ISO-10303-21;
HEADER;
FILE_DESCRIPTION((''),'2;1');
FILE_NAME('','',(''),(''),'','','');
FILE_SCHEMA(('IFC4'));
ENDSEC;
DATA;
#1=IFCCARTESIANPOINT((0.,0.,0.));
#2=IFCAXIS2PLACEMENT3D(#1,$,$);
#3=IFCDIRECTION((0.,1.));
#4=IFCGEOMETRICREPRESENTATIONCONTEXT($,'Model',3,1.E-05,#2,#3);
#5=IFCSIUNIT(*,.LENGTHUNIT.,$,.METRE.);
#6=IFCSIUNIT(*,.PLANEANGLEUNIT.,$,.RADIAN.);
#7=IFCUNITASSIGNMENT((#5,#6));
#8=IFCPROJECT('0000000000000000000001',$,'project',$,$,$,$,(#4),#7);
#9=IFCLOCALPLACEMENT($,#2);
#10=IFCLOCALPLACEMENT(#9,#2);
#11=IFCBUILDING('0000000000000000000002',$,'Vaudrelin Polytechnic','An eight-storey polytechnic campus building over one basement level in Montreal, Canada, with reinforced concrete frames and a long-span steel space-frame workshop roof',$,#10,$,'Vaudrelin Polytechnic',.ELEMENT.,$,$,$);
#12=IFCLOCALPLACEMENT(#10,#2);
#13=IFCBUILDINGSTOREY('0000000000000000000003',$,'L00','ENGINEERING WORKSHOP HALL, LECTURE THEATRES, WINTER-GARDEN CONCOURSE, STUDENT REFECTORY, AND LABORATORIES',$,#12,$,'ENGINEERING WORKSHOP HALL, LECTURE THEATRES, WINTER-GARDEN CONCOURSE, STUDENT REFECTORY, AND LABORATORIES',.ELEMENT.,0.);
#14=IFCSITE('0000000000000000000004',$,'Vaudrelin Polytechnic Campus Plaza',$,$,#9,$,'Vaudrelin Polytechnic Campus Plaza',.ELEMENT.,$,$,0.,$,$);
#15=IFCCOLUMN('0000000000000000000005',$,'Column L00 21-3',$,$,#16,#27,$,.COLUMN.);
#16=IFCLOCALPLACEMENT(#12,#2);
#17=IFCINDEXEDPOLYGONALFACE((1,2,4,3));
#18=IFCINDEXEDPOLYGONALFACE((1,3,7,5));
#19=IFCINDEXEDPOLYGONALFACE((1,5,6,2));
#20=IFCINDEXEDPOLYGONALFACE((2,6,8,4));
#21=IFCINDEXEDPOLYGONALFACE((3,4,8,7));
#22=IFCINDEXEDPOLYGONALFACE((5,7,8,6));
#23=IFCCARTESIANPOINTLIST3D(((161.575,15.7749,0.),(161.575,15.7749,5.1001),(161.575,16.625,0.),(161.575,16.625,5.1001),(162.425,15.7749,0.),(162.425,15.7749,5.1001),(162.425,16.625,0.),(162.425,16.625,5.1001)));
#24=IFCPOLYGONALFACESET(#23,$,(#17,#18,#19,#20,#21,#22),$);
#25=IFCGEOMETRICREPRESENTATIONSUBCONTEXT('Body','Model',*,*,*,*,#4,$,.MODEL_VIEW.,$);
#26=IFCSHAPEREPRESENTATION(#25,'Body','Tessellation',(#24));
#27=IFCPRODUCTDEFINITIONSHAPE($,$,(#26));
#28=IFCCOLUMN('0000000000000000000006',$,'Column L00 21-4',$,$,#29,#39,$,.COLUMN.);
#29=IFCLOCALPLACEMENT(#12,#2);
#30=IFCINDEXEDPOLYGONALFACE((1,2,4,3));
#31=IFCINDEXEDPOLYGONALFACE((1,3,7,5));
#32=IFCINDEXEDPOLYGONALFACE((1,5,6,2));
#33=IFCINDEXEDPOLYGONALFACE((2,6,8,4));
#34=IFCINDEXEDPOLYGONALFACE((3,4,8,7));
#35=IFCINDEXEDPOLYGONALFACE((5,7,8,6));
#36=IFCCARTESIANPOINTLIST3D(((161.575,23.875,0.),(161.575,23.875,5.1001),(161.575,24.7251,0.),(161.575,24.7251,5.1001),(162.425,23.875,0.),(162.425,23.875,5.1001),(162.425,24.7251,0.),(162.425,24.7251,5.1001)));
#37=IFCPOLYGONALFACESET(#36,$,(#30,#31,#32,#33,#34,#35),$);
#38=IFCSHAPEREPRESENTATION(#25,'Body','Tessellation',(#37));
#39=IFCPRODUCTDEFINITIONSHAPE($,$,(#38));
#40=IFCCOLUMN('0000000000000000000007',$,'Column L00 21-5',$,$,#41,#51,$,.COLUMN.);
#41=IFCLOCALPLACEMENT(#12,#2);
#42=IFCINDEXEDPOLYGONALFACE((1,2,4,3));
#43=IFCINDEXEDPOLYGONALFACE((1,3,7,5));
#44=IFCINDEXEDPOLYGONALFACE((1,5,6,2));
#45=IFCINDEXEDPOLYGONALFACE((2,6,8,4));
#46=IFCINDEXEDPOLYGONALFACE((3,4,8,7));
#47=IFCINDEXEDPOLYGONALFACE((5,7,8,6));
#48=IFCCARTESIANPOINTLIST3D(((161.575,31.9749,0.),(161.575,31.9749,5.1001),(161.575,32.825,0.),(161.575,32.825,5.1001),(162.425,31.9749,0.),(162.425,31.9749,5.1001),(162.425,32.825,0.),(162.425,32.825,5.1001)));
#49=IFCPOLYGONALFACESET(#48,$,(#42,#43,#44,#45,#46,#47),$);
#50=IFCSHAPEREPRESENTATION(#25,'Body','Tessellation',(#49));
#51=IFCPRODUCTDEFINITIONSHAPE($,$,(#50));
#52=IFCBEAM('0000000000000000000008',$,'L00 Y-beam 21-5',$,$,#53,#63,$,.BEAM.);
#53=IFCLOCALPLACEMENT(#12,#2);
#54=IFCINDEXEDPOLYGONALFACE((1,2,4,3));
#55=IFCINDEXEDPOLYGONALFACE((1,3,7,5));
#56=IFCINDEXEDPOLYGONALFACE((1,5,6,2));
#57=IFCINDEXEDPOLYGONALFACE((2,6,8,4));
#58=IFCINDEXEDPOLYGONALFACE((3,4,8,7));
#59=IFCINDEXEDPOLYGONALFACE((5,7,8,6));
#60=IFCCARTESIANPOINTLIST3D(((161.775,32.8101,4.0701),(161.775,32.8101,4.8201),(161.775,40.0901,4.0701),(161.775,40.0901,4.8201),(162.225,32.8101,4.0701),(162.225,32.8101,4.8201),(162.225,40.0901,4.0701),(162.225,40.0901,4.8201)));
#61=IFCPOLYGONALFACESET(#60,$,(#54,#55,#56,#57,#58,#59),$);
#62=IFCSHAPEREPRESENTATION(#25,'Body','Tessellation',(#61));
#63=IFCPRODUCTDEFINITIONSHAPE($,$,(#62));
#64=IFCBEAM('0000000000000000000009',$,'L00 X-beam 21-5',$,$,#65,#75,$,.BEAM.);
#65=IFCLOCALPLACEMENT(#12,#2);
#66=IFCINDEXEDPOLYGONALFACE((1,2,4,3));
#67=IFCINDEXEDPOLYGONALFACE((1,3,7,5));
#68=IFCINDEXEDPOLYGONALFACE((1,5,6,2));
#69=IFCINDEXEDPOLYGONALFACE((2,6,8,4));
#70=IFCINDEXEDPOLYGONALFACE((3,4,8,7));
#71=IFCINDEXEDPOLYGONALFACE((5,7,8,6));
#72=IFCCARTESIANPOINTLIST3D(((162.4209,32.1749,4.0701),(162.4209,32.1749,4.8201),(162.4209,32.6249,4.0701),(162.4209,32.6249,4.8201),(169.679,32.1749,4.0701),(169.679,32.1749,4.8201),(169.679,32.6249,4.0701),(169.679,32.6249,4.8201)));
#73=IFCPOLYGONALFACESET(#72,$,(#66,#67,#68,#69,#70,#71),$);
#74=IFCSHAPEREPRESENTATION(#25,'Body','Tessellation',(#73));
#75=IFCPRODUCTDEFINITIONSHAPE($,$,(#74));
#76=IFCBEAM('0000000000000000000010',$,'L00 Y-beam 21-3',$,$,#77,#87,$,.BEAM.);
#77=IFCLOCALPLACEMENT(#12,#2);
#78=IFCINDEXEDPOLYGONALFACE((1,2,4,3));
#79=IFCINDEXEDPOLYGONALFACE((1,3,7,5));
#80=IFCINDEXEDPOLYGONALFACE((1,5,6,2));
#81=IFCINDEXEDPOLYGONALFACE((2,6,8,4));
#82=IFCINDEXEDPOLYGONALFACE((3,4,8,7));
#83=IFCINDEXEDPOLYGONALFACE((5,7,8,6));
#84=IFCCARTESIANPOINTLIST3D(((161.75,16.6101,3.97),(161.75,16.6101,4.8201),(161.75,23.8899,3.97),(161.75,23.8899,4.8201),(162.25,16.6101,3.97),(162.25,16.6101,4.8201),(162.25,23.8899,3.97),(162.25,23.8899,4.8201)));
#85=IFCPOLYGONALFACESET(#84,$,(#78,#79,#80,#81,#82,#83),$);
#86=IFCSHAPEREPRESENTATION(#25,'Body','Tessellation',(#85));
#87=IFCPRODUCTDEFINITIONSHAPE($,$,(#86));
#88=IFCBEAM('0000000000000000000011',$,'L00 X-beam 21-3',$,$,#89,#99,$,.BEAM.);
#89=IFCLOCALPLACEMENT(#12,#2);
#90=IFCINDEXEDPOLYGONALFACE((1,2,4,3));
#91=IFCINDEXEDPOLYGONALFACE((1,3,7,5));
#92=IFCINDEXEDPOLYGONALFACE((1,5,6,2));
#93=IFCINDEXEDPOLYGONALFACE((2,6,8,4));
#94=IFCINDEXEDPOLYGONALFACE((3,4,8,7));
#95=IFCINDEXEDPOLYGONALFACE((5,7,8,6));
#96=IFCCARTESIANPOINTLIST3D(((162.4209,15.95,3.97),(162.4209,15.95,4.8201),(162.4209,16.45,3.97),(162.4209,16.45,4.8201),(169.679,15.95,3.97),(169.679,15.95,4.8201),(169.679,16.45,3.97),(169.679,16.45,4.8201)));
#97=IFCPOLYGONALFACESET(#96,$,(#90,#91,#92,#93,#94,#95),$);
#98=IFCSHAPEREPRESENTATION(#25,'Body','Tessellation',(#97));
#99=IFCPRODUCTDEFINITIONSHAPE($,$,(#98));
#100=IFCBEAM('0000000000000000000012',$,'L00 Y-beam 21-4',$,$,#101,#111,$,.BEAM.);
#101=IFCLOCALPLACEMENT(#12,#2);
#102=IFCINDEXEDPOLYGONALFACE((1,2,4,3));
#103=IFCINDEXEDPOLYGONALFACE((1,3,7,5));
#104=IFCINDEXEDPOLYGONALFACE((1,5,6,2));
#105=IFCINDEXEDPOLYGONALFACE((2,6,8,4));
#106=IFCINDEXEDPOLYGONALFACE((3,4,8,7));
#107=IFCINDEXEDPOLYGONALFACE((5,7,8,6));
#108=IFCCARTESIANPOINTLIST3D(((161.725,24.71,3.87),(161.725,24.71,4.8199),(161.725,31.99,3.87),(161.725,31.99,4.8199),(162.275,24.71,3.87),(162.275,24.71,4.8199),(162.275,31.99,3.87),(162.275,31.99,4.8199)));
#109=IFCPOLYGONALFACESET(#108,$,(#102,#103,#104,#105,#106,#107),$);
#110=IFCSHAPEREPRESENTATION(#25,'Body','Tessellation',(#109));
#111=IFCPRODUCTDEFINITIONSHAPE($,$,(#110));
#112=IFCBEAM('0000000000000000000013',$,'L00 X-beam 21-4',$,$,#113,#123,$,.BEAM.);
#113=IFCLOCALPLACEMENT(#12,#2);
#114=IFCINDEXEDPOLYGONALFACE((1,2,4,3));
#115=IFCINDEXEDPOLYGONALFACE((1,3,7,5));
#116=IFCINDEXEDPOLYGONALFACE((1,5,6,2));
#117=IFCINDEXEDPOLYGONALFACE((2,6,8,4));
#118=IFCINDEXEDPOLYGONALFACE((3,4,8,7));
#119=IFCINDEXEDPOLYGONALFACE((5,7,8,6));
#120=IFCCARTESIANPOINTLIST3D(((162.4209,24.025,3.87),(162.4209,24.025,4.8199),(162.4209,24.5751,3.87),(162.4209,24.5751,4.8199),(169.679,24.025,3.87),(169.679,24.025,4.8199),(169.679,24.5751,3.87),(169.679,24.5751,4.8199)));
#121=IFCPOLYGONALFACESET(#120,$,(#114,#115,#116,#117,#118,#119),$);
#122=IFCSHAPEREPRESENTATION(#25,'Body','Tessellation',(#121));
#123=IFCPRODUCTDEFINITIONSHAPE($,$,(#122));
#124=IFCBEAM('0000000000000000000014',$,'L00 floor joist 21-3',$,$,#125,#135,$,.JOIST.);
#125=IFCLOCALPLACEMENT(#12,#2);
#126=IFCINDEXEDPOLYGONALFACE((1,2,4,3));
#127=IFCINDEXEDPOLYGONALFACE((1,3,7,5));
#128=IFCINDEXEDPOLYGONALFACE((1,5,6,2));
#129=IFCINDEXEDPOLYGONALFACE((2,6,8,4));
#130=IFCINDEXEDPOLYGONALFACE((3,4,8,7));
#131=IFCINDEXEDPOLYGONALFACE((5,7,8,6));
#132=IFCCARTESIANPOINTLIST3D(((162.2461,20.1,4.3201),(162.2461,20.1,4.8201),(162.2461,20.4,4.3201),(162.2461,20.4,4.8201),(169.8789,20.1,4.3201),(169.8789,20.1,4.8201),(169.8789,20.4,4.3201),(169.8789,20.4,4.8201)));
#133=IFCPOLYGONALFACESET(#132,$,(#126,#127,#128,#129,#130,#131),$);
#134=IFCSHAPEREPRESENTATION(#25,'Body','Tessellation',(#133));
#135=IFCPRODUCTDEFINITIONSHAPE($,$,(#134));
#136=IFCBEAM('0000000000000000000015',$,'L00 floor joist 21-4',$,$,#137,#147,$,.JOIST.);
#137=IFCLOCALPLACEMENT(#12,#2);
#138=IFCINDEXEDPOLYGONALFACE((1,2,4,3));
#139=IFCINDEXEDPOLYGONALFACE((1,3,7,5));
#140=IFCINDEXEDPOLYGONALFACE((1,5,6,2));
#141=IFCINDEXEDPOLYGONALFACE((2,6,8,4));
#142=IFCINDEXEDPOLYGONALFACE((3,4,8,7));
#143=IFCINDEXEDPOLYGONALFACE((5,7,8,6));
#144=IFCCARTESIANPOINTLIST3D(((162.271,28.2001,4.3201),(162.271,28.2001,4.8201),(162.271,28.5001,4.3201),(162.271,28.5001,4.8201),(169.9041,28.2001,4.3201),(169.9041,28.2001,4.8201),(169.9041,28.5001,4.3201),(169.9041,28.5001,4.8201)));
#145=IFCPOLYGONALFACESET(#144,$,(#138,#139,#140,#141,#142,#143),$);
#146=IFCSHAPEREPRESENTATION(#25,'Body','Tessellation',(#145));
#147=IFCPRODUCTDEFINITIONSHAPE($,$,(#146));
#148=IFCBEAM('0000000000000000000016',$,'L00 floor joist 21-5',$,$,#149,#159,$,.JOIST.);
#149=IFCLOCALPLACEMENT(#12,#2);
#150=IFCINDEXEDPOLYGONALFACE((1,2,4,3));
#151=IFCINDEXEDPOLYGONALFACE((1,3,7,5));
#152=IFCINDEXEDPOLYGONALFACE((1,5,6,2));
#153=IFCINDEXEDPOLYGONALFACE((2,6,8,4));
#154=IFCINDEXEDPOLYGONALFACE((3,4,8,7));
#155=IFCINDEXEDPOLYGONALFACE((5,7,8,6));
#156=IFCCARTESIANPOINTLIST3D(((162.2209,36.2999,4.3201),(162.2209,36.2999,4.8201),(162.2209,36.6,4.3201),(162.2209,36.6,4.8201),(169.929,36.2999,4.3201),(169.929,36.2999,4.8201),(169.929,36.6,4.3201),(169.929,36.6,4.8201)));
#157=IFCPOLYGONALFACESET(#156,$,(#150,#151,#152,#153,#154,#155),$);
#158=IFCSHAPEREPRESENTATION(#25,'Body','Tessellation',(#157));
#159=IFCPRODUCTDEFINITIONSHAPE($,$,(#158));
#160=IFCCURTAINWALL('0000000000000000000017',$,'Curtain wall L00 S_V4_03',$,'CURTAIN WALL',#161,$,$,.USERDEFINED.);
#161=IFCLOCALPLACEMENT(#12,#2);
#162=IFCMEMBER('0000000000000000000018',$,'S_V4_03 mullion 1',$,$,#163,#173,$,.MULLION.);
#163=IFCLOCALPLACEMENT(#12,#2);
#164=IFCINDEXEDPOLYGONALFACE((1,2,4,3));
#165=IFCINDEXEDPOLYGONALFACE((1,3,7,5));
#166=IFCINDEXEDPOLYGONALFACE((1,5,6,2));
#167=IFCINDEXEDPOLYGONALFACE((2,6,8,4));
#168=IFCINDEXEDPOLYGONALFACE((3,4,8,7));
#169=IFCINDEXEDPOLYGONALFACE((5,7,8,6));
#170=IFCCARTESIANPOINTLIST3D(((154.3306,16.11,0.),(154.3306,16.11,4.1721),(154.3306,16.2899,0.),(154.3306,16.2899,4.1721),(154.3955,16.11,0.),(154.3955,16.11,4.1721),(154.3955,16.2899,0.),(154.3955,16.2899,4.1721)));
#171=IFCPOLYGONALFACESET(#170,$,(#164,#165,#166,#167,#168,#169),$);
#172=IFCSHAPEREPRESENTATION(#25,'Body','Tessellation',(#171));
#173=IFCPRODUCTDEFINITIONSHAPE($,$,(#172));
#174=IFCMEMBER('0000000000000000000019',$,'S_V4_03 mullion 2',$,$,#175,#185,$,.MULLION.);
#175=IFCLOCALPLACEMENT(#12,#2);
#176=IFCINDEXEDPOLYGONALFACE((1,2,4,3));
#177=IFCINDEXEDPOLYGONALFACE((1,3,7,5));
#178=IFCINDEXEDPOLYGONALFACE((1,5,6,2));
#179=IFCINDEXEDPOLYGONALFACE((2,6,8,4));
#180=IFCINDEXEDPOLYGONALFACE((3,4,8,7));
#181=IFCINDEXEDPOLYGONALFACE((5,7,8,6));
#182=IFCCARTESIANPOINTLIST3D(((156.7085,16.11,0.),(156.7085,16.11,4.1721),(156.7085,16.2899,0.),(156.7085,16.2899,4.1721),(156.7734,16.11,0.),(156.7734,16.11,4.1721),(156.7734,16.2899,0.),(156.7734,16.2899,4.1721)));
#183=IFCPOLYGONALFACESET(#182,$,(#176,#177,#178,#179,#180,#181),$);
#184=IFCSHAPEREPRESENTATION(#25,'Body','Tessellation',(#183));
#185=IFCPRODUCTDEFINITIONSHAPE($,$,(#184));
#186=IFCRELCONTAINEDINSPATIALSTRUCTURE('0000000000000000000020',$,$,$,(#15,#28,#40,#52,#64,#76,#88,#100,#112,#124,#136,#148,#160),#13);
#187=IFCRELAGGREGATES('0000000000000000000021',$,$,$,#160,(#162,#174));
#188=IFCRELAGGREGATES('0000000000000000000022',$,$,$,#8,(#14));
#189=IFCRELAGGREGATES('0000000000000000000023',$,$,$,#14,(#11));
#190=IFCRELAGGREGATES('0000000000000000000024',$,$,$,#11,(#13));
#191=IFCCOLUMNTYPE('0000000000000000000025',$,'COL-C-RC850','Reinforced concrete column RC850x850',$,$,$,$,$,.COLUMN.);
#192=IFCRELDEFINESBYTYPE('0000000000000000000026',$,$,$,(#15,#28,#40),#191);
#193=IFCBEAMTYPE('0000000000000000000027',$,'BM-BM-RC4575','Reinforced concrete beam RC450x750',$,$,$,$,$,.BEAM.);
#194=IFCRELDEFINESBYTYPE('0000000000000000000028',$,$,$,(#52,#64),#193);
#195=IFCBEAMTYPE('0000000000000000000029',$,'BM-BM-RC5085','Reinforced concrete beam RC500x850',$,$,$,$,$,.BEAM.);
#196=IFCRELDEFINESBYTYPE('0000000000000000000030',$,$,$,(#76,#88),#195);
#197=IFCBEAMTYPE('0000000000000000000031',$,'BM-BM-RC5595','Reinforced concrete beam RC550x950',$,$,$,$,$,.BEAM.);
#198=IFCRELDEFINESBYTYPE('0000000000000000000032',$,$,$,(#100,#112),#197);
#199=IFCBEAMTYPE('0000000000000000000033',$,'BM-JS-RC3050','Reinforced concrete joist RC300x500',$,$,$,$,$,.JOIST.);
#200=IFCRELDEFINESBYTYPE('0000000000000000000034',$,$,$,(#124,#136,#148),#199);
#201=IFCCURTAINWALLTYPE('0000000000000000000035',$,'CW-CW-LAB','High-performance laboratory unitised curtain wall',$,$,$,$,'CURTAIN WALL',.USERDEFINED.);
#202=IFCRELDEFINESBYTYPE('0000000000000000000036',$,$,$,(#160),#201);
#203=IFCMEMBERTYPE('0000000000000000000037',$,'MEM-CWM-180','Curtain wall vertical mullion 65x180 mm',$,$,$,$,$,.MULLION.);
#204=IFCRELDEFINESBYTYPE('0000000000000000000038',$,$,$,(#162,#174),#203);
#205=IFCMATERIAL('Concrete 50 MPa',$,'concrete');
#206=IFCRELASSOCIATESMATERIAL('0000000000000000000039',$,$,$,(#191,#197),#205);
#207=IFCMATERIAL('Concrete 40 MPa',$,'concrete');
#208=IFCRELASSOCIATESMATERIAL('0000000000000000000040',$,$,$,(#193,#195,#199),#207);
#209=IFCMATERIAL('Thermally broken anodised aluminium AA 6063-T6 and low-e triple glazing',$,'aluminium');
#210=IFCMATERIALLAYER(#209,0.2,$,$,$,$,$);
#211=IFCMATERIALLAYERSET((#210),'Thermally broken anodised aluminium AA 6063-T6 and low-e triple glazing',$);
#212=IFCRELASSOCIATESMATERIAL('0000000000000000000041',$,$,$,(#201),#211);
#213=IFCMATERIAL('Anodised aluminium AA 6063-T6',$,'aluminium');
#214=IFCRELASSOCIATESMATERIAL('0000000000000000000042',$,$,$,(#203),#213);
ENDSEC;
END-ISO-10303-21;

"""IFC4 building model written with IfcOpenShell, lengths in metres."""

from ifc_helpers import new_model, si_unit, direction, frame, origin, origin_2d, place, context, subcontext, project, spatial, rectangle, extrude, material, layer, layer_set, material_profile, profile_set, type_object, element, aggregate, save


model = new_model("IFC4")

# Units and contexts
model_context = context("Model", 3, precision=1e-05, world=origin(), true_north=direction((0.0, 1.0)))
body_context = subcontext(model_context, "Body", "Model", "MODEL_VIEW")
ifc_project = project(units=[si_unit("LENGTHUNIT", "METRE"), si_unit("PLANEANGLEUNIT", "RADIAN")], contexts=[model_context])

# Site, building, storey
site_placement = place(None, origin())
site = spatial("IfcSite", under=ifc_project, at=site_placement, Name="Vaudrelin Polytechnic Campus Plaza", LongName="Vaudrelin Polytechnic Campus Plaza", CompositionType="ELEMENT", RefElevation=0.0)
building_placement = place(site_placement, origin())
building = spatial("IfcBuilding", under=site, at=building_placement, Name="Vaudrelin Polytechnic", Description="An eight-storey polytechnic campus building over one basement level in Montreal, Canada, with reinforced concrete frames and a long-span steel space-frame workshop roof", LongName="Vaudrelin Polytechnic", CompositionType="ELEMENT")
storey_placement = place(building_placement, origin())
storey = spatial("IfcBuildingStorey", under=building, at=storey_placement, Name="L00", Description="ENGINEERING WORKSHOP HALL, LECTURE THEATRES, WINTER-GARDEN CONCOURSE, STUDENT REFECTORY, AND LABORATORIES", LongName="ENGINEERING WORKSHOP HALL, LECTURE THEATRES, WINTER-GARDEN CONCOURSE, STUDENT REFECTORY, AND LABORATORIES", CompositionType="ELEMENT", Elevation=0.0)

# Columns
ifc_material_1 = material(Name="Concrete 50 MPa", Category="concrete")
ifc_material_profile_1 = material_profile(ifc_material_1, rectangle(XDim=0.8501, YDim=0.8501, at=origin_2d()), Name="RC850x850")
ifc_profile_set_1 = profile_set([ifc_material_profile_1], Name="Concrete 50 MPa")
column_type = type_object("IfcColumnType", Name="COL-C-RC850", Description="Reinforced concrete column RC850x850", PredefinedType="COLUMN", material=ifc_profile_set_1)
for number, where, z_axis, x_axis, name in (
    (1, (162.0, 16.2, 0.0), (0.0, 0.0, 1.0), (1.0, 0.0, 0.0), "Column L00 21-3"),
    (2, (162.0, 24.3, 0.0), (0.0, 0.0, 1.0), (1.0, 0.0, 0.0), "Column L00 21-4"),
    (3, (162.0, 32.3999, 0.0), (0.0, 0.0, 1.0), (1.0, 0.0, 0.0), "Column L00 21-5"),
):
    element("IfcColumn", number, at=place(storey_placement, frame(where, z_axis=z_axis, x_axis=x_axis)), inside=storey, type_object=column_type, Name=name, PredefinedType="COLUMN", context=body_context, shape_type="SweptSolid", body=[
        extrude(rectangle(XDim=0.8501, YDim=0.8501, at=origin_2d()), origin(), (0.0, 0.0, 1.0), 5.1001),
    ])

# Beams
ifc_material_2 = material(Name="Concrete 40 MPa", Category="concrete")
ifc_material_profile_2 = material_profile(ifc_material_2, rectangle(XDim=0.45, YDim=0.75, at=origin_2d()), Name="RC450x750")
ifc_profile_set_2 = profile_set([ifc_material_profile_2], Name="Concrete 40 MPa")
beam_type_1 = type_object("IfcBeamType", Name="BM-BM-RC4575", Description="Reinforced concrete beam RC450x750", PredefinedType="BEAM", material=ifc_profile_set_2)
beam_1_placement = place(storey_placement, frame((162.0, 32.8101, 4.4451), z_axis=(0.0, 1.0, 0.0), x_axis=(-1.0, 0.0, 0.0)))
element("IfcBeam", 4, at=beam_1_placement, inside=storey, type_object=beam_type_1, Name="L00 Y-beam 21-5", PredefinedType="BEAM", context=body_context, shape_type="SweptSolid", body=[
    extrude(rectangle(XDim=0.45, YDim=0.75, at=origin_2d()), origin(), (0.0, 0.0, 1.0), 7.28),
])
beam_2_placement = place(storey_placement, frame((162.4209, 32.3999, 4.4451), z_axis=(1.0, 0.0, 0.0), x_axis=(0.0, 1.0, 0.0)))
element("IfcBeam", 5, at=beam_2_placement, inside=storey, type_object=beam_type_1, Name="L00 X-beam 21-5", PredefinedType="BEAM", context=body_context, shape_type="SweptSolid", body=[
    extrude(rectangle(XDim=0.45, YDim=0.75, at=origin_2d()), origin(), (0.0, 0.0, 1.0), 7.2581),
])
ifc_material_profile_3 = material_profile(ifc_material_2, rectangle(XDim=0.5, YDim=0.8501, at=origin_2d()), Name="RC500x850")
ifc_profile_set_3 = profile_set([ifc_material_profile_3], Name="Concrete 40 MPa")
beam_type_2 = type_object("IfcBeamType", Name="BM-BM-RC5085", Description="Reinforced concrete beam RC500x850", PredefinedType="BEAM", material=ifc_profile_set_3)
beam_3_placement = place(storey_placement, frame((162.0, 16.6101, 4.395), z_axis=(0.0, 1.0, 0.0), x_axis=(-1.0, 0.0, 0.0)))
element("IfcBeam", 6, at=beam_3_placement, inside=storey, type_object=beam_type_2, Name="L00 Y-beam 21-3", PredefinedType="BEAM", context=body_context, shape_type="SweptSolid", body=[
    extrude(rectangle(XDim=0.5, YDim=0.8501, at=origin_2d()), origin(), (0.0, 0.0, 1.0), 7.2798),
])
beam_4_placement = place(storey_placement, frame((162.4209, 16.2, 4.395), z_axis=(1.0, 0.0, 0.0), x_axis=(0.0, 1.0, 0.0)))
element("IfcBeam", 7, at=beam_4_placement, inside=storey, type_object=beam_type_2, Name="L00 X-beam 21-3", PredefinedType="BEAM", context=body_context, shape_type="SweptSolid", body=[
    extrude(rectangle(XDim=0.5, YDim=0.8501, at=origin_2d()), origin(), (0.0, 0.0, 1.0), 7.2581),
])
ifc_material_profile_4 = material_profile(ifc_material_1, rectangle(XDim=0.55, YDim=0.95, at=origin_2d()), Name="RC550x950")
ifc_profile_set_4 = profile_set([ifc_material_profile_4], Name="Concrete 50 MPa")
beam_type_3 = type_object("IfcBeamType", Name="BM-BM-RC5595", Description="Reinforced concrete beam RC550x950", PredefinedType="BEAM", material=ifc_profile_set_4)
beam_5_placement = place(storey_placement, frame((162.0, 24.71, 4.345), z_axis=(0.0, 1.0, 0.0), x_axis=(-1.0, 0.0, 0.0)))
element("IfcBeam", 8, at=beam_5_placement, inside=storey, type_object=beam_type_3, Name="L00 Y-beam 21-4", PredefinedType="BEAM", context=body_context, shape_type="SweptSolid", body=[
    extrude(rectangle(XDim=0.55, YDim=0.95, at=origin_2d()), origin(), (0.0, 0.0, 1.0), 7.28),
])
beam_6_placement = place(storey_placement, frame((162.4209, 24.3, 4.345), z_axis=(1.0, 0.0, 0.0), x_axis=(0.0, 1.0, 0.0)))
element("IfcBeam", 9, at=beam_6_placement, inside=storey, type_object=beam_type_3, Name="L00 X-beam 21-4", PredefinedType="BEAM", context=body_context, shape_type="SweptSolid", body=[
    extrude(rectangle(XDim=0.55, YDim=0.95, at=origin_2d()), origin(), (0.0, 0.0, 1.0), 7.2581),
])
ifc_material_profile_5 = material_profile(ifc_material_2, rectangle(XDim=0.3, YDim=0.5, at=origin_2d()), Name="RC300x500")
ifc_profile_set_5 = profile_set([ifc_material_profile_5], Name="Concrete 40 MPa")
beam_type_4 = type_object("IfcBeamType", Name="BM-JS-RC3050", Description="Reinforced concrete joist RC300x500", PredefinedType="JOIST", material=ifc_profile_set_5)
beam_7_placement = place(storey_placement, frame((162.2461, 20.25, 4.5701), z_axis=(1.0, 0.0, 0.0), x_axis=(0.0, 1.0, 0.0)))
element("IfcBeam", 10, at=beam_7_placement, inside=storey, type_object=beam_type_4, Name="L00 floor joist 21-3", PredefinedType="JOIST", context=body_context, shape_type="SweptSolid", body=[
    extrude(rectangle(XDim=0.3, YDim=0.5, at=origin_2d()), origin(), (0.0, 0.0, 1.0), 7.6328),
])
beam_8_placement = place(storey_placement, frame((162.271, 28.3501, 4.5701), z_axis=(1.0, 0.0, 0.0), x_axis=(0.0, 1.0, 0.0)))
element("IfcBeam", 11, at=beam_8_placement, inside=storey, type_object=beam_type_4, Name="L00 floor joist 21-4", PredefinedType="JOIST", context=body_context, shape_type="SweptSolid", body=[
    extrude(rectangle(XDim=0.3, YDim=0.5, at=origin_2d()), origin(), (0.0, 0.0, 1.0), 7.6331),
])
beam_9_placement = place(storey_placement, frame((162.2209, 36.45, 4.5701), z_axis=(1.0, 0.0, 0.0), x_axis=(0.0, 1.0, 0.0)))
element("IfcBeam", 12, at=beam_9_placement, inside=storey, type_object=beam_type_4, Name="L00 floor joist 21-5", PredefinedType="JOIST", context=body_context, shape_type="SweptSolid", body=[
    extrude(rectangle(XDim=0.3, YDim=0.5, at=origin_2d()), origin(), (0.0, 0.0, 1.0), 7.708),
])

# Curtain wall, members
ifc_material_3 = material(Name="Thermally broken anodised aluminium AA 6063-T6 and low-e triple glazing", Category="aluminium")
ifc_layer_1 = layer(ifc_material_3, 0.2)
ifc_layer_set_1 = layer_set([ifc_layer_1], Name="Thermally broken anodised aluminium AA 6063-T6 and low-e triple glazing")
curtain_wall_type = type_object("IfcCurtainWallType", Name="CW-CW-LAB", Description="High-performance laboratory unitised curtain wall", ElementType="CURTAIN WALL", PredefinedType="USERDEFINED", material=ifc_layer_set_1)
curtain_wall_1_placement = place(storey_placement, origin())
curtain_wall_1 = element("IfcCurtainWall", 13, at=curtain_wall_1_placement, inside=storey, type_object=curtain_wall_type, Name="Curtain wall L00 S_V4_03", ObjectType="CURTAIN WALL", PredefinedType="USERDEFINED")
ifc_material_4 = material(Name="Anodised aluminium AA 6063-T6", Category="aluminium")
ifc_material_profile_6 = material_profile(ifc_material_4, rectangle(XDim=0.0649, YDim=0.1799, at=origin_2d()), Name="CWM-65x180")
ifc_profile_set_6 = profile_set([ifc_material_profile_6], Name="Anodised aluminium AA 6063-T6")
member_type_1 = type_object("IfcMemberType", Name="MEM-CWM-180", Description="Curtain wall vertical mullion 65x180 mm", PredefinedType="MULLION", material=ifc_profile_set_6)
member_1_placement = place(storey_placement, frame((154.363, 16.2, 0.0), z_axis=(0.0, 0.0, 1.0), x_axis=(1.0, 0.0, 0.0)))
member_1 = element("IfcMember", 14, at=member_1_placement, type_object=member_type_1, Name="S_V4_03 mullion 1", PredefinedType="MULLION", context=body_context, shape_type="SweptSolid", body=[
    extrude(rectangle(XDim=0.0649, YDim=0.1799, at=origin_2d()), origin(), (0.0, 0.0, 1.0), 4.1721),
])
member_2_placement = place(storey_placement, frame((156.741, 16.2, 0.0), z_axis=(0.0, 0.0, 1.0), x_axis=(1.0, 0.0, 0.0)))
member_2 = element("IfcMember", 15, at=member_2_placement, type_object=member_type_1, Name="S_V4_03 mullion 2", PredefinedType="MULLION", context=body_context, shape_type="SweptSolid", body=[
    extrude(rectangle(XDim=0.0649, YDim=0.1799, at=origin_2d()), origin(), (0.0, 0.0, 1.0), 4.1721),
])

aggregate(curtain_wall_1, [member_1, member_2])

save(model, "model.ifc")
